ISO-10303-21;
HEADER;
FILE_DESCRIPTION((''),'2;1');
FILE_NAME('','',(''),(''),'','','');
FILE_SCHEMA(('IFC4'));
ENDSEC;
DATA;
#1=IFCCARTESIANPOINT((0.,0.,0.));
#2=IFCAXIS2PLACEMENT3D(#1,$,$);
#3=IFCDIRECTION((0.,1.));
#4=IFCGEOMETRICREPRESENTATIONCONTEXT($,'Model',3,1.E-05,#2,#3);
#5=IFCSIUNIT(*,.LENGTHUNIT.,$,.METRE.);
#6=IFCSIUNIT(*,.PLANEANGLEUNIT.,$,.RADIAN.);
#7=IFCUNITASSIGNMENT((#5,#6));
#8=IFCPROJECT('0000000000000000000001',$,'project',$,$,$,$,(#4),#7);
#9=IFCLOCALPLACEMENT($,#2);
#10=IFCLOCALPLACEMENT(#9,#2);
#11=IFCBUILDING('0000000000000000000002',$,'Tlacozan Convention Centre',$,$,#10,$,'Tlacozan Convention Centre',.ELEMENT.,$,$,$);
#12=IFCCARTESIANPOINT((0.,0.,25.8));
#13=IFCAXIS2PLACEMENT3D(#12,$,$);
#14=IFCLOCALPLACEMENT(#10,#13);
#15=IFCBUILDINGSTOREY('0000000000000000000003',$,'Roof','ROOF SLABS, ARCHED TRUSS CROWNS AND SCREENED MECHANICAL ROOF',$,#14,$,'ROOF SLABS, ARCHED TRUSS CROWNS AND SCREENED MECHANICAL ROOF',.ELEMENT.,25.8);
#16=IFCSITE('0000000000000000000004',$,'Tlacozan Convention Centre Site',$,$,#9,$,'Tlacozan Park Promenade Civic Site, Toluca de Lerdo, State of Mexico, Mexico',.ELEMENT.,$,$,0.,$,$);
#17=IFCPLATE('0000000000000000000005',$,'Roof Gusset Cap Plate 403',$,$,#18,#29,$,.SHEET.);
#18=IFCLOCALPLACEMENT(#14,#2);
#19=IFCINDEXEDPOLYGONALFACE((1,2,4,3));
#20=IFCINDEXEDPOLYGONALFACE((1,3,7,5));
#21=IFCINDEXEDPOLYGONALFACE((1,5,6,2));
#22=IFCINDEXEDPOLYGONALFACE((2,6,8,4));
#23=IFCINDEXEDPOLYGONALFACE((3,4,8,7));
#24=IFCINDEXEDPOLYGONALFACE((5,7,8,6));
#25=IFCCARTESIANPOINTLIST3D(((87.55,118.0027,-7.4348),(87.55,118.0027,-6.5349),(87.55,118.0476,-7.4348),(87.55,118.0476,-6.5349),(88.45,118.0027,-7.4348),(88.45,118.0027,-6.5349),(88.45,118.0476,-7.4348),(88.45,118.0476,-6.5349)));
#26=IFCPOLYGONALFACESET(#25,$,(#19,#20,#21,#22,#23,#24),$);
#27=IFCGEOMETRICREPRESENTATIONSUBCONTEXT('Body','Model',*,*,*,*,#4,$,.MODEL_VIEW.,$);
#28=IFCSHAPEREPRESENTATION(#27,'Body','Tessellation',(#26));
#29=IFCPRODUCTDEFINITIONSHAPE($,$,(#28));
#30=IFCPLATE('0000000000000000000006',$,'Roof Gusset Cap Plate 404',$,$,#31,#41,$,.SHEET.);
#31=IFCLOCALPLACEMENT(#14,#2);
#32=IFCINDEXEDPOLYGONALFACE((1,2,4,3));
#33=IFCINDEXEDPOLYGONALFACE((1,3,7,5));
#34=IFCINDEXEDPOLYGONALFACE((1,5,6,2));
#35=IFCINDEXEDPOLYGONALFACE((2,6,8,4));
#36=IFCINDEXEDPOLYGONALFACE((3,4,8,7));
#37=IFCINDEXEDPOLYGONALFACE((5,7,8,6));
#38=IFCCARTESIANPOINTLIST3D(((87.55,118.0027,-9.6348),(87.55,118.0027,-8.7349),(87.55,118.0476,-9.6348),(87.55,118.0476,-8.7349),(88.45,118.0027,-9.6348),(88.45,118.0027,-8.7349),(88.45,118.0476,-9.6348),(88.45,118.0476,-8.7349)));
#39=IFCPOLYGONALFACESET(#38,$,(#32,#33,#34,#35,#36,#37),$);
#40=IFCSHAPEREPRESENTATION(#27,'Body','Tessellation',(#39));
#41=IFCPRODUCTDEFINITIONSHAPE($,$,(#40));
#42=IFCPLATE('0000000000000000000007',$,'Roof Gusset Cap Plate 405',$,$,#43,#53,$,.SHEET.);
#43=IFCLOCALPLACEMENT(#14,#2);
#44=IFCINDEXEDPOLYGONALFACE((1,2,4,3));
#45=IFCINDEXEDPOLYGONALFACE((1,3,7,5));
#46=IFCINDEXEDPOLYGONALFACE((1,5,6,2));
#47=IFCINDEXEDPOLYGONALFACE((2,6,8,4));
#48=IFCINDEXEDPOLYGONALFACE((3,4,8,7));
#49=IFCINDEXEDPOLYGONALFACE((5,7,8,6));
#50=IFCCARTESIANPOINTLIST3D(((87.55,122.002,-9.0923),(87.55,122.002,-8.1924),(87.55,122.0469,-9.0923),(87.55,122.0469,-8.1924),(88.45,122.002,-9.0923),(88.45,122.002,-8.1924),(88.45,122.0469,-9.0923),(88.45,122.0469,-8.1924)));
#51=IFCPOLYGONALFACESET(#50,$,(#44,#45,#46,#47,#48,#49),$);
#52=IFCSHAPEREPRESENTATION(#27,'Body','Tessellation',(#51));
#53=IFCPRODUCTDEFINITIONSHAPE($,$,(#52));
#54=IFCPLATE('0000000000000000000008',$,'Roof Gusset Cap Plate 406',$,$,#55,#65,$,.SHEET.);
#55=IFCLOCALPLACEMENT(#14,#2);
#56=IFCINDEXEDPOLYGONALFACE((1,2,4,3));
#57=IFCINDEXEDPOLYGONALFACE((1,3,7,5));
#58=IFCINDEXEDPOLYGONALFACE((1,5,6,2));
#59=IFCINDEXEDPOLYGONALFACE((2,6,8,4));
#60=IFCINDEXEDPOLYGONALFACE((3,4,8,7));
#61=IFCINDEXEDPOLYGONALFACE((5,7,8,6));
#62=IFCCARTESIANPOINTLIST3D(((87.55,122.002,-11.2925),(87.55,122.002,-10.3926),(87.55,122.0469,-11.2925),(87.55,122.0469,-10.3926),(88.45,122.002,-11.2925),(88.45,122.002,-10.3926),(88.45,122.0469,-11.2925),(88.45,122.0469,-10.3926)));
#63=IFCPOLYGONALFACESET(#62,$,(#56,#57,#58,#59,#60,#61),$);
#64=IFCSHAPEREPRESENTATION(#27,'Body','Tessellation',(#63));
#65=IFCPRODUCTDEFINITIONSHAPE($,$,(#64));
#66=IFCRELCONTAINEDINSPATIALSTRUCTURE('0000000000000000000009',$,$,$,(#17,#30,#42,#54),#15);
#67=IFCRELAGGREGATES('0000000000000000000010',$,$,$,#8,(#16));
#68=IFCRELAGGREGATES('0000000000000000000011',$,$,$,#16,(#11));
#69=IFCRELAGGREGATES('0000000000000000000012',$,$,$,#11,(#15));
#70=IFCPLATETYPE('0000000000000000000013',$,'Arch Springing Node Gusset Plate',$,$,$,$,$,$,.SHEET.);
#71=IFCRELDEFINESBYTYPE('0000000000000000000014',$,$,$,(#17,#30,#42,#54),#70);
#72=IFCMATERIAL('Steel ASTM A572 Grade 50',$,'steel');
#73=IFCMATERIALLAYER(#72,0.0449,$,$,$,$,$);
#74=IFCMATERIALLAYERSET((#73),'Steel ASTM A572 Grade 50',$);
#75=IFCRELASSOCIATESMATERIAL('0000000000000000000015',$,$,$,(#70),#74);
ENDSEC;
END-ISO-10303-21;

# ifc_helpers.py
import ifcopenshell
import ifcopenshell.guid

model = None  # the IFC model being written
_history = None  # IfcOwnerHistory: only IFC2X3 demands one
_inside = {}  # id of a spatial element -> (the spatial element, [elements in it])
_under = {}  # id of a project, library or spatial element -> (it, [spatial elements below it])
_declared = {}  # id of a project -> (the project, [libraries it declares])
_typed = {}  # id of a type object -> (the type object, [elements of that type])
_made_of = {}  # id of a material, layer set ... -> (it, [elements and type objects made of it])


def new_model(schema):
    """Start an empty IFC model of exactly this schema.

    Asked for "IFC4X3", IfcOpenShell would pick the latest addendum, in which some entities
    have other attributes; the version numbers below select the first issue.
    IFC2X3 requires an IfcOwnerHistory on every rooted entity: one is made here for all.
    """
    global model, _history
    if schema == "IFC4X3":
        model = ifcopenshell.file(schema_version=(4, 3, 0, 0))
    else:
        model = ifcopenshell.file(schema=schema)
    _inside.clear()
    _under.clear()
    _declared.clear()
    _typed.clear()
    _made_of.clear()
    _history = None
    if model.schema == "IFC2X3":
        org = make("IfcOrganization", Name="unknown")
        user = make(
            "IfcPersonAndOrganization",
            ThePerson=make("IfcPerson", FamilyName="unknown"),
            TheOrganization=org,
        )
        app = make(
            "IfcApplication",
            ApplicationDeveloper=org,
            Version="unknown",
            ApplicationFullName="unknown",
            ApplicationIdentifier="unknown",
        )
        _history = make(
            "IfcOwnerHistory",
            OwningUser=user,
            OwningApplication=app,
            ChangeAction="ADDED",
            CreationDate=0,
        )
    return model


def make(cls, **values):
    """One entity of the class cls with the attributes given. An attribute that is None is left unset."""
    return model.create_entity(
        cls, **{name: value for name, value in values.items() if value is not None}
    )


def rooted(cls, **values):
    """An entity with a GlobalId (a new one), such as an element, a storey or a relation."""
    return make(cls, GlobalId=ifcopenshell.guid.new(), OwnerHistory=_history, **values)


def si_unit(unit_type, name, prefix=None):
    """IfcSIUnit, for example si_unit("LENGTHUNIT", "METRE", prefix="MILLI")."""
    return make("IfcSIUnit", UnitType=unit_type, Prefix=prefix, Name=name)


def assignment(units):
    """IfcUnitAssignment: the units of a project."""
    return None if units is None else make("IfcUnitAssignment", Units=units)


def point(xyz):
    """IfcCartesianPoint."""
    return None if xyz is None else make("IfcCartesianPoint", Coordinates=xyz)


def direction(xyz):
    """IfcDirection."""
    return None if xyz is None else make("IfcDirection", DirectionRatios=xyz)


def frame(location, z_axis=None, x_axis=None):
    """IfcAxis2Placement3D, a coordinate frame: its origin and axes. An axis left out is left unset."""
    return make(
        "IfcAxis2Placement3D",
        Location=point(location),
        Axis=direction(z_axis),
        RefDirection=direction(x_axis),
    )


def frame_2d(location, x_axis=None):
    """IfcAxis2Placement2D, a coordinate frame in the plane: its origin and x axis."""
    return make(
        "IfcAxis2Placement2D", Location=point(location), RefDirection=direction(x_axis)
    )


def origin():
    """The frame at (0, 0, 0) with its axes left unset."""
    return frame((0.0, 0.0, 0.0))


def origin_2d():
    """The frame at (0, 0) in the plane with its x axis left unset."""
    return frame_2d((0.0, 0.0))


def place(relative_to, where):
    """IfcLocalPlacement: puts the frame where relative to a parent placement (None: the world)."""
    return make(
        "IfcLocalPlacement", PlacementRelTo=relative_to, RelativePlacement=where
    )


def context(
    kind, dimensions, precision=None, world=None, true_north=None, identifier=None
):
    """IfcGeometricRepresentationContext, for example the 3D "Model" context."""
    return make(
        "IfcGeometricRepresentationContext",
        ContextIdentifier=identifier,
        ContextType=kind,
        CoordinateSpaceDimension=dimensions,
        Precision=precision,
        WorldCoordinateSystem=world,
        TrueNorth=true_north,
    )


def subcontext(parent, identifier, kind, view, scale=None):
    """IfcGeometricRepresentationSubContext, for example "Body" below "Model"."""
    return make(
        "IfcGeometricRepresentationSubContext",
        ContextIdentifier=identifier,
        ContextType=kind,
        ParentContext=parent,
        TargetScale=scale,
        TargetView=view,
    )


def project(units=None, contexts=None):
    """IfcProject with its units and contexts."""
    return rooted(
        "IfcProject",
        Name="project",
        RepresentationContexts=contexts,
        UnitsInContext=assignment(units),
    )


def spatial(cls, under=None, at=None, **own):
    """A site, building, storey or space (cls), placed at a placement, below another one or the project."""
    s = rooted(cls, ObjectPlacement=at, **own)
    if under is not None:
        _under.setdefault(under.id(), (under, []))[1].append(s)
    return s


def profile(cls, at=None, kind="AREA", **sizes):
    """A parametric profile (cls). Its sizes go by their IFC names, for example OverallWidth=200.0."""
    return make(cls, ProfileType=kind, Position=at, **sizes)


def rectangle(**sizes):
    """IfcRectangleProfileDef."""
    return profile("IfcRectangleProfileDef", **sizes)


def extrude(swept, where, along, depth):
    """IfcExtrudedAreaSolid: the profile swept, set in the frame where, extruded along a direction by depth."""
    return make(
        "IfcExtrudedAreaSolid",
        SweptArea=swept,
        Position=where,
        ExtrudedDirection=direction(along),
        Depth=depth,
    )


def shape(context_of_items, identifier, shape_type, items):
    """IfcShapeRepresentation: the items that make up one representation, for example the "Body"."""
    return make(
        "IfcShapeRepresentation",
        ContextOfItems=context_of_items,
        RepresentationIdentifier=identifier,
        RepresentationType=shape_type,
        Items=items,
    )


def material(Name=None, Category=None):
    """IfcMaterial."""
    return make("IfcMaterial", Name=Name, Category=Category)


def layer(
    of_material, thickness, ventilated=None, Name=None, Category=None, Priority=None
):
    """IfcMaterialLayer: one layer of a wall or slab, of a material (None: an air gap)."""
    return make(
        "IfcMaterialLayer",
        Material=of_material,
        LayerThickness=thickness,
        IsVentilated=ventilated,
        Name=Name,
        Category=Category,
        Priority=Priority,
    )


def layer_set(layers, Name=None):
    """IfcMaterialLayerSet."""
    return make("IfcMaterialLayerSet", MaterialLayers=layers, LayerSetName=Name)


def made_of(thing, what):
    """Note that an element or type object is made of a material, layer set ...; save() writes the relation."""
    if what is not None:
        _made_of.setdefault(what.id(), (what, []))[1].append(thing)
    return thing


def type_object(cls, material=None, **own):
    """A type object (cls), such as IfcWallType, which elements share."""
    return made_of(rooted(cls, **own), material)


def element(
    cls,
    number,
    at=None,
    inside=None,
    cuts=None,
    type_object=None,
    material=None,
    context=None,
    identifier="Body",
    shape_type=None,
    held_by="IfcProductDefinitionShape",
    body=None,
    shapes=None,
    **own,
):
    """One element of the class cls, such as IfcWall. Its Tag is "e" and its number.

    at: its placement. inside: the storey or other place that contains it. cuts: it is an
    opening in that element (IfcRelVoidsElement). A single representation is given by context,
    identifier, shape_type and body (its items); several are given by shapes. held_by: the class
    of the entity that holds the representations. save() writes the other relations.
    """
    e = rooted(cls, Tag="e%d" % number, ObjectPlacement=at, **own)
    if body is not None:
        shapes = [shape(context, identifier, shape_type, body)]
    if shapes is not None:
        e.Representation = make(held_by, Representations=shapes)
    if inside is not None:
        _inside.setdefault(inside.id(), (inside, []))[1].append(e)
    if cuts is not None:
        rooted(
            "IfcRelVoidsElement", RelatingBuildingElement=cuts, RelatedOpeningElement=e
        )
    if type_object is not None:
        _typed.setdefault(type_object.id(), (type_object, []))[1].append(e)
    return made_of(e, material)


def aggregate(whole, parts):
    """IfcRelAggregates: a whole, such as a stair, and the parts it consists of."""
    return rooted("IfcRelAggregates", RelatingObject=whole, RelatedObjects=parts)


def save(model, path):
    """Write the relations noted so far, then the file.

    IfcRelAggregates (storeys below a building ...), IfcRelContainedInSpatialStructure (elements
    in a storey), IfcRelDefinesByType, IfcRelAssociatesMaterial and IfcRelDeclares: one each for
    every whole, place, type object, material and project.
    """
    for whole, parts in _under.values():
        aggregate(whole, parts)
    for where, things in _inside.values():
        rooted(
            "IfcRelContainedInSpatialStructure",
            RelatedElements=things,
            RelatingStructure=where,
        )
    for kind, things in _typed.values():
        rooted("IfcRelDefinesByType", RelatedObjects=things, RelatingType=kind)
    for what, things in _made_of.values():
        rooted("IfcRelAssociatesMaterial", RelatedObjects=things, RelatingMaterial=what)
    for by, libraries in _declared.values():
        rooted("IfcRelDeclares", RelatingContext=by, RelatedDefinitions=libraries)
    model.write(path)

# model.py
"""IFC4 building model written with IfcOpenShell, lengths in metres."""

from ifc_helpers import new_model, si_unit, direction, frame, origin, origin_2d, place, context, subcontext, project, spatial, rectangle, extrude, material, layer, layer_set, type_object, element, save


model = new_model("IFC4")

# Units and contexts
model_context = context("Model", 3, precision=1e-05, world=origin(), true_north=direction((0.0, 1.0)))
body_context = subcontext(model_context, "Body", "Model", "MODEL_VIEW")
ifc_project = project(units=[si_unit("LENGTHUNIT", "METRE"), si_unit("PLANEANGLEUNIT", "RADIAN")], contexts=[model_context])

# Site, building, storey
site_placement = place(None, origin())
site = spatial("IfcSite", under=ifc_project, at=site_placement, Name="Tlacozan Convention Centre Site", LongName="Tlacozan Park Promenade Civic Site, Toluca de Lerdo, State of Mexico, Mexico", CompositionType="ELEMENT", RefElevation=0.0)
building_placement = place(site_placement, origin())
building = spatial("IfcBuilding", under=site, at=building_placement, Name="Tlacozan Convention Centre", LongName="Tlacozan Convention Centre", CompositionType="ELEMENT")
storey_placement = place(building_placement, frame((0.0, 0.0, 25.8)))
storey = spatial("IfcBuildingStorey", under=building, at=storey_placement, Name="Roof", Description="ROOF SLABS, ARCHED TRUSS CROWNS AND SCREENED MECHANICAL ROOF", LongName="ROOF SLABS, ARCHED TRUSS CROWNS AND SCREENED MECHANICAL ROOF", CompositionType="ELEMENT", Elevation=25.8)

# Plates
ifc_material_1 = material(Name="Steel ASTM A572 Grade 50", Category="steel")
ifc_layer = layer(ifc_material_1, 0.0449)
ifc_layer_set = layer_set([ifc_layer], Name="Steel ASTM A572 Grade 50")
plate_type = type_object("IfcPlateType", Name="Arch Springing Node Gusset Plate", PredefinedType="SHEET", material=ifc_layer_set)
for number, where, z_axis, x_axis, name in (
    (1, (88.0, 118.0251, -7.4348), (0.0, 0.0, 1.0), (0.0, 1.0, 0.0), "Roof Gusset Cap Plate 403"),
    (2, (88.0, 118.0251, -9.6348), (0.0, 0.0, 1.0), (0.0, 1.0, 0.0), "Roof Gusset Cap Plate 404"),
    (3, (88.0, 122.0244, -9.0923), (0.0, 0.0, 1.0), (0.0, 1.0, 0.0), "Roof Gusset Cap Plate 405"),
    (4, (88.0, 122.0244, -11.2925), (0.0, 0.0, 1.0), (0.0, 1.0, 0.0), "Roof Gusset Cap Plate 406"),
):
    element("IfcPlate", number, at=place(storey_placement, frame(where, z_axis=z_axis, x_axis=x_axis)), inside=storey, type_object=plate_type, Name=name, PredefinedType="SHEET", context=body_context, shape_type="SweptSolid", body=[
        extrude(rectangle(XDim=0.0449, YDim=0.8999, at=origin_2d()), origin(), (0.0, 0.0, 1.0), 0.8999),
    ])

save(model, "model.ifc")
